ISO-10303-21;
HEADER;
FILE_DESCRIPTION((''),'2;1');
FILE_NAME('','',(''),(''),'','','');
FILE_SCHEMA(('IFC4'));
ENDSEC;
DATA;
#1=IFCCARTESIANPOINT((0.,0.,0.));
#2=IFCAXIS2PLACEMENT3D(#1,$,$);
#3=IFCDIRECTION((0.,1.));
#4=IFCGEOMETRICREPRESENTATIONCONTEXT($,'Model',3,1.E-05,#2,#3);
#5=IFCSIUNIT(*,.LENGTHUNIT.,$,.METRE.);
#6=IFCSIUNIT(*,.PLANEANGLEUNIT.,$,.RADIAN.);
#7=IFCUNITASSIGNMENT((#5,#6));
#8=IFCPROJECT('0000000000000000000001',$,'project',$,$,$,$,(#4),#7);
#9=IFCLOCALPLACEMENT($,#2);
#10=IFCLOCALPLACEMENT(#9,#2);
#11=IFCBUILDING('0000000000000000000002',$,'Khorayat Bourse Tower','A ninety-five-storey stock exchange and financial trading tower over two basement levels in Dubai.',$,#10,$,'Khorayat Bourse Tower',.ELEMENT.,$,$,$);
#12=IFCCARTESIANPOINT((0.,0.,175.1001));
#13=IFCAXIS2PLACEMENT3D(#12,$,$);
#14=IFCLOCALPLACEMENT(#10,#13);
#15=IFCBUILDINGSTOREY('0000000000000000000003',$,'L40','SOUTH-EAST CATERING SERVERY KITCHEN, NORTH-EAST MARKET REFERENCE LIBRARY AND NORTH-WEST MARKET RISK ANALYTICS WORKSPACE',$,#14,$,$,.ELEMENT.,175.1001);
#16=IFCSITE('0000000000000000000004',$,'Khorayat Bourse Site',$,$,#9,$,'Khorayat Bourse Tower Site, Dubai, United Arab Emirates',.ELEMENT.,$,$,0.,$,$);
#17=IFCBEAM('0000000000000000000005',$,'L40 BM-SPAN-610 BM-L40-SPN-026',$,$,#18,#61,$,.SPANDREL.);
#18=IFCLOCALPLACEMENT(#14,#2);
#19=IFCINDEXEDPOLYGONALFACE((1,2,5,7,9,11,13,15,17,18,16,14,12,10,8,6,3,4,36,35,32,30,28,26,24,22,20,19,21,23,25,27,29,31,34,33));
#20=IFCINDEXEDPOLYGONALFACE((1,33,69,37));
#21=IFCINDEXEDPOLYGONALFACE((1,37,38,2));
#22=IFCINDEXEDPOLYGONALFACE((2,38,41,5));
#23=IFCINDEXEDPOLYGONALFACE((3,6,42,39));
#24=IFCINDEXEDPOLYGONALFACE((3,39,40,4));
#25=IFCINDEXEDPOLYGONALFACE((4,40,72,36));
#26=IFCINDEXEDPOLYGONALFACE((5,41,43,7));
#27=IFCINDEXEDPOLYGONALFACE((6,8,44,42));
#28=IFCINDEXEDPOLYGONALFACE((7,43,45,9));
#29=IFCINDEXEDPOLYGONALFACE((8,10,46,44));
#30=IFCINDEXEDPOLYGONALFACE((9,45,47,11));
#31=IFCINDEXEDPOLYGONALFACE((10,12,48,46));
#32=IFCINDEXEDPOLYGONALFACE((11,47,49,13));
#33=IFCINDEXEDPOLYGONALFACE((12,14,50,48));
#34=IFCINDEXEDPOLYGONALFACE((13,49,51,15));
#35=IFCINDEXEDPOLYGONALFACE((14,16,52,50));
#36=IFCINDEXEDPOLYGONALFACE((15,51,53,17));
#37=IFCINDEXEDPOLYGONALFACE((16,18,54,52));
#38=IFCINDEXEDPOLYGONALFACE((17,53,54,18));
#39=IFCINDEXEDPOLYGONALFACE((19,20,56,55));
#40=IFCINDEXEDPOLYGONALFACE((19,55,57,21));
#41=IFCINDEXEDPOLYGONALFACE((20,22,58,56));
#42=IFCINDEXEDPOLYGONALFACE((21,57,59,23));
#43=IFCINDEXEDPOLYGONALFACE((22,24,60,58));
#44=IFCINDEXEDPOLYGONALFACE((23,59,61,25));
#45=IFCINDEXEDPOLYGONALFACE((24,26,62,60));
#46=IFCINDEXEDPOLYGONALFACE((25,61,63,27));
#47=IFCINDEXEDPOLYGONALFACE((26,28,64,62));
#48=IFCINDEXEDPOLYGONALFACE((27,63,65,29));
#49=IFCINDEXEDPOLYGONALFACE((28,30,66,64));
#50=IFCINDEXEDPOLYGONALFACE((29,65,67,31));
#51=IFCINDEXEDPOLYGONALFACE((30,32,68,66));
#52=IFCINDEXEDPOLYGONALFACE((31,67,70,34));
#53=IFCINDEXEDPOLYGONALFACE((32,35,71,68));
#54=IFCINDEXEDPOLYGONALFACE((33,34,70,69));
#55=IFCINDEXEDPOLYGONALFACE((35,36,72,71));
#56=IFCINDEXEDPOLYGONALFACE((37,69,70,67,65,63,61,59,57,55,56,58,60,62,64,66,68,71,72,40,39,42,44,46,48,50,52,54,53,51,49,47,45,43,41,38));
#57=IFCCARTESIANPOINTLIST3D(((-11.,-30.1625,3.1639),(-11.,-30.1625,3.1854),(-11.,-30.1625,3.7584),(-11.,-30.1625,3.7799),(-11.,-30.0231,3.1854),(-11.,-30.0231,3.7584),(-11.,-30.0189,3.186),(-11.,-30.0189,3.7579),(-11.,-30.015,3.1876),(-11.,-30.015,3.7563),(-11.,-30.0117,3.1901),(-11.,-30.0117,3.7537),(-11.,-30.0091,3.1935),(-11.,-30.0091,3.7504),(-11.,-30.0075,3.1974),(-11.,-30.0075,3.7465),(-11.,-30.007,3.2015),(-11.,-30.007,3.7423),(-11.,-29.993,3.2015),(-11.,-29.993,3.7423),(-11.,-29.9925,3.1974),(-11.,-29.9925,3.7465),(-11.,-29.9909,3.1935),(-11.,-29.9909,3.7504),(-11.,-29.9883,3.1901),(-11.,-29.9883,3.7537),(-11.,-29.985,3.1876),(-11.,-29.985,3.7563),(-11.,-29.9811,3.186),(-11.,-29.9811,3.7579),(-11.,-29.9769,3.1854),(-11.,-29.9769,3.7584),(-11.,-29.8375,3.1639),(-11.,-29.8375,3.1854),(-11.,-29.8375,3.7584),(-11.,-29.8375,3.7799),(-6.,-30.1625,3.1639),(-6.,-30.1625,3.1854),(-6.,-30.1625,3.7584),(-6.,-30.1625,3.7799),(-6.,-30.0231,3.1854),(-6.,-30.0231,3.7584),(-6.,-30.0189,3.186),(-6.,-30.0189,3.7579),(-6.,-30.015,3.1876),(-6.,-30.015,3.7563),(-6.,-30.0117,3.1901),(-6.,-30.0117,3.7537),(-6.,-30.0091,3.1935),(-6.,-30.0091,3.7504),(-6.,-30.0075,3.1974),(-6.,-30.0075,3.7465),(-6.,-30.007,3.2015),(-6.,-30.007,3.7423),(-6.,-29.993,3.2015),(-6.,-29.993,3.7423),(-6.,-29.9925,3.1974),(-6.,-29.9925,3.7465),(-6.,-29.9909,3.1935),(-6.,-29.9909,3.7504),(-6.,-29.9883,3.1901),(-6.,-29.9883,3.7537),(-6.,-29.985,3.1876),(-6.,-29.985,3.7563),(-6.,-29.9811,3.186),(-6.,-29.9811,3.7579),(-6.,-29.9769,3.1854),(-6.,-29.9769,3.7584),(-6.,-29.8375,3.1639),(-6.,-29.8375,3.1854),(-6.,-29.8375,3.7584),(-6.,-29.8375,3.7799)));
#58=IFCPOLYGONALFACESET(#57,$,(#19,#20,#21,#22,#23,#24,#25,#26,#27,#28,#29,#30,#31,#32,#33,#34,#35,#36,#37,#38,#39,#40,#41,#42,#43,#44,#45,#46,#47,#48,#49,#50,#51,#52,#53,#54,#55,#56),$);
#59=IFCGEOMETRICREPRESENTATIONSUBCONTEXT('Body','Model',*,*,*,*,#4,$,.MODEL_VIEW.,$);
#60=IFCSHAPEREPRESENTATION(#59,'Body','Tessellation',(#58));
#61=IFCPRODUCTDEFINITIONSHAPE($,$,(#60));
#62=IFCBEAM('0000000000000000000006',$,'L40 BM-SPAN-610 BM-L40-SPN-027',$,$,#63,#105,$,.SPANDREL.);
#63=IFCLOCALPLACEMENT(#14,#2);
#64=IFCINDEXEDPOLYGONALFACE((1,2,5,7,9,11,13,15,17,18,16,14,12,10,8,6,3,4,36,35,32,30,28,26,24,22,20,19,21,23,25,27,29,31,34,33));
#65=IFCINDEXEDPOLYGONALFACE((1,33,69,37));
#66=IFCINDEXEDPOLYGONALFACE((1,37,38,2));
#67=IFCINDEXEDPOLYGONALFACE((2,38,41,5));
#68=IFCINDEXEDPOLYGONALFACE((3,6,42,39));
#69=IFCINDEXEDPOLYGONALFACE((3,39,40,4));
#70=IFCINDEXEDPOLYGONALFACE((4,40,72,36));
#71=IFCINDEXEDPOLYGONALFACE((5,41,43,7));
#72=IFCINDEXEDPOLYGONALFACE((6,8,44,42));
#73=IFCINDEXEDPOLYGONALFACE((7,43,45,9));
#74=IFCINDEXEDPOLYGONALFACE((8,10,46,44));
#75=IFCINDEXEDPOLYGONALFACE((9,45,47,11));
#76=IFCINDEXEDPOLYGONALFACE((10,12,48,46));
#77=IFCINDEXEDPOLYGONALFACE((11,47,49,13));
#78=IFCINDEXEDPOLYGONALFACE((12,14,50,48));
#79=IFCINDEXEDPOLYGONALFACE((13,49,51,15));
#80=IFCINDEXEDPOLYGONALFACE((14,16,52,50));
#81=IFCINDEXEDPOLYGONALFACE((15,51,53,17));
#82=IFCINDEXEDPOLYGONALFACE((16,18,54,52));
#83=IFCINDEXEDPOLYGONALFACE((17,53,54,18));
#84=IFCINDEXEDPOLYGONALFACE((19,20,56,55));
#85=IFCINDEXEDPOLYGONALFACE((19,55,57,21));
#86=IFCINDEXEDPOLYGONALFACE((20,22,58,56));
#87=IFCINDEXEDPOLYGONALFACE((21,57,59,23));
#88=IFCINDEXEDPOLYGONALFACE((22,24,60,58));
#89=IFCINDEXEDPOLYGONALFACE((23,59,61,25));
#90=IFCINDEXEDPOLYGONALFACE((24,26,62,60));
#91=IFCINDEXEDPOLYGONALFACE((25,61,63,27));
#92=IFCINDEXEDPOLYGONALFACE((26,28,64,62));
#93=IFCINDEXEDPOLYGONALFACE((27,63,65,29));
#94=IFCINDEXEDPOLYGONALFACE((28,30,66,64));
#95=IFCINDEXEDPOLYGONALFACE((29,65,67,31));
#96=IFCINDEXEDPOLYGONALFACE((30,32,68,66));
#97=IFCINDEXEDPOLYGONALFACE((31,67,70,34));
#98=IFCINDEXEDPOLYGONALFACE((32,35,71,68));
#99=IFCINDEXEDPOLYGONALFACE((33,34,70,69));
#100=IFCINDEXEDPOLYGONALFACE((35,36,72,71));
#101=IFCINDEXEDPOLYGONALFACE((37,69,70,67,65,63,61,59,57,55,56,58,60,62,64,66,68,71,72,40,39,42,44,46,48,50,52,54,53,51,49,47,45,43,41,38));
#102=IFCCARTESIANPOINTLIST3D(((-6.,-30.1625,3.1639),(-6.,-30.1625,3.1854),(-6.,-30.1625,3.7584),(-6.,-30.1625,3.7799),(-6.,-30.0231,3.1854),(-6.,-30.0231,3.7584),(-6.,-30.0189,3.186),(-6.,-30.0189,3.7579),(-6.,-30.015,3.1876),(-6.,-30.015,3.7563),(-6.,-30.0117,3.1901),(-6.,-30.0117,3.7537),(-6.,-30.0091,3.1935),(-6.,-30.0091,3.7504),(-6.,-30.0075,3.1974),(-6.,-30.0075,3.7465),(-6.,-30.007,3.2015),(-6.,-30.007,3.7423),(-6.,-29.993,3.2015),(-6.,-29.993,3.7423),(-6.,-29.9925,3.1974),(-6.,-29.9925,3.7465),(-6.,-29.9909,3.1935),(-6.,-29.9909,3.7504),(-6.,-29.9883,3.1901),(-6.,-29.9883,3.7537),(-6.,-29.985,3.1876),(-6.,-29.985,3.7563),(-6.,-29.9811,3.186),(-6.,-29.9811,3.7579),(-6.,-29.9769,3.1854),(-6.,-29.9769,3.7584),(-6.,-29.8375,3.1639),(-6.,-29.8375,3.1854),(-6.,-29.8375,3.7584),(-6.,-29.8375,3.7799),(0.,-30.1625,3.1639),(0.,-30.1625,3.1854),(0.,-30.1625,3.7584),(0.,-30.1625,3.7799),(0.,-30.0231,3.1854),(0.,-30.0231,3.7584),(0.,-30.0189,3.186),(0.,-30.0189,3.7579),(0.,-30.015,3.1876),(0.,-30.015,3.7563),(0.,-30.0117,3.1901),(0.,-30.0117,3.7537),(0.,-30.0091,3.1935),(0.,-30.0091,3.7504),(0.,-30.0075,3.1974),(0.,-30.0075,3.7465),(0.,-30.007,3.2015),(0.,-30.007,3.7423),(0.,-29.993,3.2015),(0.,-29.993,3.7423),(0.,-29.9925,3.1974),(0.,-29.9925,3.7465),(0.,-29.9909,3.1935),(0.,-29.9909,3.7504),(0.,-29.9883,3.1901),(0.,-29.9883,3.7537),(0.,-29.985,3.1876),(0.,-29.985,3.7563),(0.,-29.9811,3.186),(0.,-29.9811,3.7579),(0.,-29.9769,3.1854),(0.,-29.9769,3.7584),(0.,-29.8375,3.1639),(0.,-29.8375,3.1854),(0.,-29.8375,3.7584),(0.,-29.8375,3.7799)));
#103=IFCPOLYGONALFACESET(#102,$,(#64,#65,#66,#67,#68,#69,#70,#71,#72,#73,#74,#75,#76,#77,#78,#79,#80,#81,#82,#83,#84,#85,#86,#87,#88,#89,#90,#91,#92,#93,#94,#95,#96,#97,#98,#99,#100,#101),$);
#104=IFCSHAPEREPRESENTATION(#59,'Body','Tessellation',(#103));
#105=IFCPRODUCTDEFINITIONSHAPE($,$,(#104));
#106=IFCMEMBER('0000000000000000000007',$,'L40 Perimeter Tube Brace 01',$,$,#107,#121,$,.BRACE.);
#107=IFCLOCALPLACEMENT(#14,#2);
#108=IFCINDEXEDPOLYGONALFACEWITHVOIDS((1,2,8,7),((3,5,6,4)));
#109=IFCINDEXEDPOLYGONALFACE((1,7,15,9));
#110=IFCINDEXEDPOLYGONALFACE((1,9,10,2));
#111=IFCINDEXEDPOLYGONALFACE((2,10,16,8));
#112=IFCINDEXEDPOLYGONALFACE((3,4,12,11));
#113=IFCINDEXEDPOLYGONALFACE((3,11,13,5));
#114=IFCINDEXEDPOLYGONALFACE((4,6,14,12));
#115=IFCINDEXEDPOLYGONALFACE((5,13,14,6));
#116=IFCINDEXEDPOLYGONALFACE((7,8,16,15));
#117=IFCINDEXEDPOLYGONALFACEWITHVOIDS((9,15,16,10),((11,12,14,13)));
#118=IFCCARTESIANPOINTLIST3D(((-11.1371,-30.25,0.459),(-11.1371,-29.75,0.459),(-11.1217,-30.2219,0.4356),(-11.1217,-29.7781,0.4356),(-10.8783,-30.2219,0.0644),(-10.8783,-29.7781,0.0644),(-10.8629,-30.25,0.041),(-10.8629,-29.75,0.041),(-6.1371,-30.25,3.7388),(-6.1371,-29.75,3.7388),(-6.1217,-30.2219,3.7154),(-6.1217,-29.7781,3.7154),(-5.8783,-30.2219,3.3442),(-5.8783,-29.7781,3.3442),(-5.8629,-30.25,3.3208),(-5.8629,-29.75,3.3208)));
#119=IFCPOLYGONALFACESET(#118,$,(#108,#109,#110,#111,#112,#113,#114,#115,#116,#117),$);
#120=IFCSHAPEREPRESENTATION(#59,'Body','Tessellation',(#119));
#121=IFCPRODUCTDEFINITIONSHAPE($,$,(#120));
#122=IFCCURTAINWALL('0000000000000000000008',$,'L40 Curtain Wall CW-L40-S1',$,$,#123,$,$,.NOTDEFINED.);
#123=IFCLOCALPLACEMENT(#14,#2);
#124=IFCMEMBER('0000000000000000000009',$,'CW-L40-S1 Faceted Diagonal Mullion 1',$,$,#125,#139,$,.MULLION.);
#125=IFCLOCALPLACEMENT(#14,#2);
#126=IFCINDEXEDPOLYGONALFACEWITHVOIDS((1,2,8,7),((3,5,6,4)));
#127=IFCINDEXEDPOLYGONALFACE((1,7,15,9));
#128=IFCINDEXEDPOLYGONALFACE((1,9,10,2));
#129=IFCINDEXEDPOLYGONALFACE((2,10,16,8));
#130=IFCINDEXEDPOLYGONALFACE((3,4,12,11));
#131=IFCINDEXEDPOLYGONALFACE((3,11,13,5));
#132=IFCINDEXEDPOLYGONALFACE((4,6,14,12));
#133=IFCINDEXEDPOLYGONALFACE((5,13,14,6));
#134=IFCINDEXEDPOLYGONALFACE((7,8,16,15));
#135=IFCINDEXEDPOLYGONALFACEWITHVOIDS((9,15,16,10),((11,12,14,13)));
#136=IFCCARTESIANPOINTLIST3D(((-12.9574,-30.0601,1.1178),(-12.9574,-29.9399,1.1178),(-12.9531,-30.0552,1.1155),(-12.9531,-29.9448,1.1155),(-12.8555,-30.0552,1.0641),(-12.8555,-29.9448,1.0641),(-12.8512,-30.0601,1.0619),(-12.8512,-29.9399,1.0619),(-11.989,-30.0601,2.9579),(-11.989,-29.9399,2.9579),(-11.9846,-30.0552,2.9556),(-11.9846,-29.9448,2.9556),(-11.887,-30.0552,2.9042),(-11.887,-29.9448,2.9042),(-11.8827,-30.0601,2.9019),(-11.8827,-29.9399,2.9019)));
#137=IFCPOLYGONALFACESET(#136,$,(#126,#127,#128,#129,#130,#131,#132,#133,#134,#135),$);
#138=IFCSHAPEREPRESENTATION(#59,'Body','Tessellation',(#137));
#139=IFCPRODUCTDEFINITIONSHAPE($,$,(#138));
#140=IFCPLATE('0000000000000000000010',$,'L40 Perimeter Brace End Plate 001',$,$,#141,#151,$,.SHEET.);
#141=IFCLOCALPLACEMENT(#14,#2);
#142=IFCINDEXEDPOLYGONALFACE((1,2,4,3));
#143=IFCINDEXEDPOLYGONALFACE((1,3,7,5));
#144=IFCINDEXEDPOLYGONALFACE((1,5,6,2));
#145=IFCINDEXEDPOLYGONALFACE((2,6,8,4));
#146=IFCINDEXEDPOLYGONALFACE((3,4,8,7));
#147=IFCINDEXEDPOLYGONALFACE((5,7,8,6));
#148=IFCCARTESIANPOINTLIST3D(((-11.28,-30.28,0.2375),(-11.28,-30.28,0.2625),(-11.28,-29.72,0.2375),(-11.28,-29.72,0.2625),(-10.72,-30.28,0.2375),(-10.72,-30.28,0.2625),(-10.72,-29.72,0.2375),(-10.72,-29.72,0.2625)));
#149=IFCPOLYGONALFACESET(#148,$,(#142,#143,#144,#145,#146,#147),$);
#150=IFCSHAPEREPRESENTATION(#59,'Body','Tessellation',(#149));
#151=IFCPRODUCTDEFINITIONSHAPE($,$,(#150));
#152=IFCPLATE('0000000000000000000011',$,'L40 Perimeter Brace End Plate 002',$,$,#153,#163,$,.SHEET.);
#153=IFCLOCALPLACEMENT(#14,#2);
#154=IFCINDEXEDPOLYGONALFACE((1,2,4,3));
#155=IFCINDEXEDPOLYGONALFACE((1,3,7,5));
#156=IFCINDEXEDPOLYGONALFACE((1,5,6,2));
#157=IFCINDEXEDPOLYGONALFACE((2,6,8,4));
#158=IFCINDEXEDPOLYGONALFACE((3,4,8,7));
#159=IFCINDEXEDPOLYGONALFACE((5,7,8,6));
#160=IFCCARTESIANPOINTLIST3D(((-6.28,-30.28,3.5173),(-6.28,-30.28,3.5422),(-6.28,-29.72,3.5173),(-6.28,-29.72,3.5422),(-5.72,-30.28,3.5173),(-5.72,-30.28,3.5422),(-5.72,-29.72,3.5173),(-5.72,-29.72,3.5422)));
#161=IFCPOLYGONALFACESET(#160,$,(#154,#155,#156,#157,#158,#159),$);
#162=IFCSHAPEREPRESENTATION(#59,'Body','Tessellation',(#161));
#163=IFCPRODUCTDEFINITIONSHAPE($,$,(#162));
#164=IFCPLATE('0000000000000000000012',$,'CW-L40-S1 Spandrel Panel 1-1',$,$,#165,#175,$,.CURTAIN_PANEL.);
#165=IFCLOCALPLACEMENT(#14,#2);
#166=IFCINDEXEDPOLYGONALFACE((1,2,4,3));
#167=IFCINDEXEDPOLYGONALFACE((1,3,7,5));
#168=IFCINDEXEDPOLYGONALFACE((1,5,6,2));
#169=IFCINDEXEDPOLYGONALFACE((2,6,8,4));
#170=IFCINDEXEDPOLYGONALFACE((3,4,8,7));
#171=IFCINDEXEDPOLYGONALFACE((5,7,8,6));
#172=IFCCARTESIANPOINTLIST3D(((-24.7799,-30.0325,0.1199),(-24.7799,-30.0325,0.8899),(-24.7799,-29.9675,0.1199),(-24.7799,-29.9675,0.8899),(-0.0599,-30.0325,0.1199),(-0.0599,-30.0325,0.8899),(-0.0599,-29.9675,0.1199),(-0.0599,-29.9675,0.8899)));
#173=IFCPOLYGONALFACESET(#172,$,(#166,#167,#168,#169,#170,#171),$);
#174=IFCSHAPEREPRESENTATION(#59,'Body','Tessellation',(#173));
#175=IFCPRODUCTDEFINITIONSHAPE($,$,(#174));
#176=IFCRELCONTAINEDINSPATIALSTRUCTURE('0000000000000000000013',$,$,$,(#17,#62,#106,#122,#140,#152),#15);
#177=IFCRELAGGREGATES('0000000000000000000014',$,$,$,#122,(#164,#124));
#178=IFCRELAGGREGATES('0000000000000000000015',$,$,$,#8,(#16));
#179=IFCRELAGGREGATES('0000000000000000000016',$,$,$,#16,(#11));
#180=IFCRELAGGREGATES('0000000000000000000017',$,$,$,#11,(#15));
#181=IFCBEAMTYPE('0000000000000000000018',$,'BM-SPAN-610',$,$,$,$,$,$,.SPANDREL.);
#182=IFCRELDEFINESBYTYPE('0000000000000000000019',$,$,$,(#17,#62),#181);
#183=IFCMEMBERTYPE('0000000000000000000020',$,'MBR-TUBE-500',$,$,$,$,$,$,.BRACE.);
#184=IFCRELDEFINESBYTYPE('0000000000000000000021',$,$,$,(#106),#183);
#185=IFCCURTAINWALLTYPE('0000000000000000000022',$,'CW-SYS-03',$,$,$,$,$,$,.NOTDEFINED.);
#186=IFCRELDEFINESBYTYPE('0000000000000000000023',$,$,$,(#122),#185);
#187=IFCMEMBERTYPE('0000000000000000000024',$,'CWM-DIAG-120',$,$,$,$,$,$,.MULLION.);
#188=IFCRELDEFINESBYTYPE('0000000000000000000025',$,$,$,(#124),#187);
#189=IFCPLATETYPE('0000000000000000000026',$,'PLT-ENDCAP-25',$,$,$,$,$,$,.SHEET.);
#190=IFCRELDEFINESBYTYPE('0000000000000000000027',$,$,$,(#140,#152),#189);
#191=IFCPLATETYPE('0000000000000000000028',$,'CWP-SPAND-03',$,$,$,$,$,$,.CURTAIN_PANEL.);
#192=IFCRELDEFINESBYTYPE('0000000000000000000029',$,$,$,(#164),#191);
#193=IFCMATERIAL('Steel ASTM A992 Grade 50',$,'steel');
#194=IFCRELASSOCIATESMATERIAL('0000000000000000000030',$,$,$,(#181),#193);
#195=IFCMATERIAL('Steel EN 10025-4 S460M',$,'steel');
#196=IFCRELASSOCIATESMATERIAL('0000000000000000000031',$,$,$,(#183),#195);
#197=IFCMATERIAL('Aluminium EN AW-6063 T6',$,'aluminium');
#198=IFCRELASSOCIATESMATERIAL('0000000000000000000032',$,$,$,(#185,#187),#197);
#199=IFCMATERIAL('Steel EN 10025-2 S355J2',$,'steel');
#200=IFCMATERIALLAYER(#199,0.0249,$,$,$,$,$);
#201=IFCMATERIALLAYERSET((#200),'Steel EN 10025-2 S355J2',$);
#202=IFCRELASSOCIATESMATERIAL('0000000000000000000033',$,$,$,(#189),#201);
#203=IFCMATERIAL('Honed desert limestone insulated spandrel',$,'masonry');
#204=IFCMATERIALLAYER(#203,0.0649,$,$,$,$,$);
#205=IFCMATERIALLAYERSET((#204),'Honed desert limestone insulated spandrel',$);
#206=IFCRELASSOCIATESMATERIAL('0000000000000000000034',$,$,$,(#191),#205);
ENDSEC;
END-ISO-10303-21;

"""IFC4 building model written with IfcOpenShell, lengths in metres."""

from ifc_helpers import new_model, si_unit, direction, frame, origin, origin_2d, place, context, subcontext, project, spatial, rectangle, hollow_rectangle, i_section, extrude, source, transform, mapped, material, layer, layer_set, material_profile, profile_set, type_object, element, aggregate, save


model = new_model("IFC4")

# Units and contexts
model_context = context("Model", 3, precision=1e-05, world=origin(), true_north=direction((0.0, 1.0)))
body_context = subcontext(model_context, "Body", "Model", "MODEL_VIEW")
ifc_project = project(units=[si_unit("LENGTHUNIT", "METRE"), si_unit("PLANEANGLEUNIT", "RADIAN")], contexts=[model_context])

# Site, building, storey
site_placement = place(None, origin())
site = spatial("IfcSite", under=ifc_project, at=site_placement, Name="Khorayat Bourse Site", LongName="Khorayat Bourse Tower Site, Dubai, United Arab Emirates", CompositionType="ELEMENT", RefElevation=0.0)
building_placement = place(site_placement, origin())
building = spatial("IfcBuilding", under=site, at=building_placement, Name="Khorayat Bourse Tower", Description="A ninety-five-storey stock exchange and financial trading tower over two basement levels in Dubai.", LongName="Khorayat Bourse Tower", CompositionType="ELEMENT")
storey_placement = place(building_placement, frame((0.0, 0.0, 175.1001)))
storey = spatial("IfcBuildingStorey", under=building, at=storey_placement, Name="L40", Description="SOUTH-EAST CATERING SERVERY KITCHEN, NORTH-EAST MARKET REFERENCE LIBRARY AND NORTH-WEST MARKET RISK ANALYTICS WORKSPACE", CompositionType="ELEMENT", Elevation=175.1001)

# Shared definitions
ifc_material_1 = material(Name="Steel EN 10025-4 S460M", Category="steel")

# Beams
ifc_material_2 = material(Name="Steel ASTM A992 Grade 50", Category="steel")
ifc_material_profile_1 = material_profile(ifc_material_2, i_section(OverallWidth=0.325, OverallDepth=0.616, WebThickness=0.0139, FlangeThickness=0.0215, FilletRadius=0.0161, at=origin_2d()), Name="W610X174")
ifc_profile_set_1 = profile_set([ifc_material_profile_1], Name="Steel ASTM A992 Grade 50")
beam_type_1 = type_object("IfcBeamType", Name="BM-SPAN-610", PredefinedType="SPANDREL", material=ifc_profile_set_1)
shared_shape_1 = source(origin(), body_context, "Body", "SweptSolid", [
    extrude(i_section(OverallWidth=0.325, OverallDepth=0.616, WebThickness=0.0139, FlangeThickness=0.0215, FilletRadius=0.0161, at=origin_2d()), origin(), (0.0, 0.0, 1.0), 5.0),
])
beam_1_placement = place(storey_placement, frame((-11.0, -30.0, 3.4719), z_axis=(1.0, 0.0, 0.0), x_axis=(0.0, 1.0, 0.0)))
element("IfcBeam", 1, at=beam_1_placement, inside=storey, type_object=beam_type_1, Name="L40 BM-SPAN-610 BM-L40-SPN-026", PredefinedType="SPANDREL", context=body_context, shape_type="MappedRepresentation", body=[
    mapped(shared_shape_1, transform((0.0, 0.0, 0.0), scale=1.0)),
])
shared_shape_2 = source(origin(), body_context, "Body", "SweptSolid", [
    extrude(i_section(OverallWidth=0.325, OverallDepth=0.616, WebThickness=0.0139, FlangeThickness=0.0215, FilletRadius=0.0161, at=origin_2d()), origin(), (0.0, 0.0, 1.0), 6.0),
])
beam_2_placement = place(storey_placement, frame((-6.0, -30.0, 3.4719), z_axis=(1.0, 0.0, 0.0), x_axis=(0.0, 1.0, 0.0)))
element("IfcBeam", 2, at=beam_2_placement, inside=storey, type_object=beam_type_1, Name="L40 BM-SPAN-610 BM-L40-SPN-027", PredefinedType="SPANDREL", context=body_context, shape_type="MappedRepresentation", body=[
    mapped(shared_shape_2, transform((0.0, 0.0, 0.0), scale=1.0)),
])

# Member
ifc_material_profile_2 = material_profile(ifc_material_1, hollow_rectangle(XDim=0.5, YDim=0.5, WallThickness=0.0281, at=origin_2d()), Name="HSS 500x500x28")
ifc_profile_set_2 = profile_set([ifc_material_profile_2], Name="Steel EN 10025-4 S460M")
member_type_1 = type_object("IfcMemberType", Name="MBR-TUBE-500", PredefinedType="BRACE", material=ifc_profile_set_2)
shared_shape_3 = source(origin(), body_context, "Body", "SweptSolid", [
    extrude(hollow_rectangle(XDim=0.5, YDim=0.5, WallThickness=0.0281, at=origin_2d()), origin(), (0.0, 0.0, 1.0), 5.9797),
])
member_1_placement = place(storey_placement, frame((-11.0, -30.0, 0.25), z_axis=(0.83616, 0.0, 0.548485), x_axis=(0.0, 1.0, 0.0)))
element("IfcMember", 3, at=member_1_placement, inside=storey, type_object=member_type_1, Name="L40 Perimeter Tube Brace 01", PredefinedType="BRACE", context=body_context, shape_type="MappedRepresentation", body=[
    mapped(shared_shape_3, transform((0.0, 0.0, 0.0), scale=1.0)),
])

# Curtain wall, member
ifc_material_3 = material(Name="Aluminium EN AW-6063 T6", Category="aluminium")
curtain_wall_type = type_object("IfcCurtainWallType", Name="CW-SYS-03", PredefinedType="NOTDEFINED", material=ifc_material_3)
curtain_wall_placement = place(storey_placement, origin())
curtain_wall = element("IfcCurtainWall", 4, at=curtain_wall_placement, inside=storey, type_object=curtain_wall_type, Name="L40 Curtain Wall CW-L40-S1", PredefinedType="NOTDEFINED")
ifc_material_profile_3 = material_profile(ifc_material_3, hollow_rectangle(XDim=0.1201, YDim=0.1201, WallThickness=0.0049, at=origin_2d()), Name="ALU 120x120x5")
ifc_profile_set_3 = profile_set([ifc_material_profile_3], Name="Aluminium EN AW-6063 T6")
member_type_2 = type_object("IfcMemberType", Name="CWM-DIAG-120", PredefinedType="MULLION", material=ifc_profile_set_3)
shared_shape_4 = source(origin(), body_context, "Body", "SweptSolid", [
    extrude(hollow_rectangle(XDim=0.1201, YDim=0.1201, WallThickness=0.0049, at=origin_2d()), origin(), (0.0, 0.0, 1.0), 2.0793),
])
member_2_placement = place(storey_placement, frame((-12.9043, -30.0, 1.0898), z_axis=(0.465761, 0.0, 0.884911), x_axis=(0.0, 1.0, 0.0)))
member_2 = element("IfcMember", 5, at=member_2_placement, type_object=member_type_2, Name="CW-L40-S1 Faceted Diagonal Mullion 1", PredefinedType="MULLION", context=body_context, shape_type="MappedRepresentation", body=[
    mapped(shared_shape_4, transform((0.0, 0.0, 0.0), scale=1.0)),
])

# Plates
ifc_material_4 = material(Name="Steel EN 10025-2 S355J2", Category="steel")
ifc_layer_1 = layer(ifc_material_4, 0.0249)
ifc_layer_set_1 = layer_set([ifc_layer_1], Name="Steel EN 10025-2 S355J2")
plate_type_1 = type_object("IfcPlateType", Name="PLT-ENDCAP-25", PredefinedType="SHEET", material=ifc_layer_set_1)
shared_shape_5 = source(origin(), body_context, "Body", "SweptSolid", [
    extrude(rectangle(XDim=0.5601, YDim=0.5601, at=origin_2d()), origin(), (0.0, 0.0, 1.0), 0.0249),
])
for number, where, z_axis, x_axis, name in (
    (6, (-11.0, -30.0, 0.2375), (0.0, 0.0, 1.0), (1.0, 0.0, 0.0), "L40 Perimeter Brace End Plate 001"),
    (7, (-6.0, -30.0, 3.5173), (0.0, 0.0, 1.0), (1.0, 0.0, 0.0), "L40 Perimeter Brace End Plate 002"),
):
    element("IfcPlate", number, at=place(storey_placement, frame(where, z_axis=z_axis, x_axis=x_axis)), inside=storey, type_object=plate_type_1, Name=name, PredefinedType="SHEET", context=body_context, shape_type="MappedRepresentation", body=[
        mapped(shared_shape_5, transform((0.0, 0.0, 0.0), scale=1.0)),
    ])

# Plate
ifc_material_5 = material(Name="Honed desert limestone insulated spandrel", Category="masonry")
ifc_layer_2 = layer(ifc_material_5, 0.0649)
ifc_layer_set_2 = layer_set([ifc_layer_2], Name="Honed desert limestone insulated spandrel")
plate_type_2 = type_object("IfcPlateType", Name="CWP-SPAND-03", PredefinedType="CURTAIN_PANEL", material=ifc_layer_set_2)
shared_shape_6 = source(origin(), body_context, "Body", "SweptSolid", [
    extrude(rectangle(XDim=24.72, YDim=0.0649, at=origin_2d()), origin(), (0.0, 0.0, 1.0), 0.77),
])
plate_1_placement = place(storey_placement, frame((-12.4199, -30.0, 0.1199), z_axis=(0.0, 0.0, 1.0), x_axis=(1.0, 0.0, 0.0)))
plate_1 = element("IfcPlate", 8, at=plate_1_placement, type_object=plate_type_2, Name="CW-L40-S1 Spandrel Panel 1-1", PredefinedType="CURTAIN_PANEL", context=body_context, shape_type="MappedRepresentation", body=[
    mapped(shared_shape_6, transform((0.0, 0.0, 0.0), scale=1.0)),
])
aggregate(curtain_wall, [plate_1, member_2])

save(model, "model.ifc")
